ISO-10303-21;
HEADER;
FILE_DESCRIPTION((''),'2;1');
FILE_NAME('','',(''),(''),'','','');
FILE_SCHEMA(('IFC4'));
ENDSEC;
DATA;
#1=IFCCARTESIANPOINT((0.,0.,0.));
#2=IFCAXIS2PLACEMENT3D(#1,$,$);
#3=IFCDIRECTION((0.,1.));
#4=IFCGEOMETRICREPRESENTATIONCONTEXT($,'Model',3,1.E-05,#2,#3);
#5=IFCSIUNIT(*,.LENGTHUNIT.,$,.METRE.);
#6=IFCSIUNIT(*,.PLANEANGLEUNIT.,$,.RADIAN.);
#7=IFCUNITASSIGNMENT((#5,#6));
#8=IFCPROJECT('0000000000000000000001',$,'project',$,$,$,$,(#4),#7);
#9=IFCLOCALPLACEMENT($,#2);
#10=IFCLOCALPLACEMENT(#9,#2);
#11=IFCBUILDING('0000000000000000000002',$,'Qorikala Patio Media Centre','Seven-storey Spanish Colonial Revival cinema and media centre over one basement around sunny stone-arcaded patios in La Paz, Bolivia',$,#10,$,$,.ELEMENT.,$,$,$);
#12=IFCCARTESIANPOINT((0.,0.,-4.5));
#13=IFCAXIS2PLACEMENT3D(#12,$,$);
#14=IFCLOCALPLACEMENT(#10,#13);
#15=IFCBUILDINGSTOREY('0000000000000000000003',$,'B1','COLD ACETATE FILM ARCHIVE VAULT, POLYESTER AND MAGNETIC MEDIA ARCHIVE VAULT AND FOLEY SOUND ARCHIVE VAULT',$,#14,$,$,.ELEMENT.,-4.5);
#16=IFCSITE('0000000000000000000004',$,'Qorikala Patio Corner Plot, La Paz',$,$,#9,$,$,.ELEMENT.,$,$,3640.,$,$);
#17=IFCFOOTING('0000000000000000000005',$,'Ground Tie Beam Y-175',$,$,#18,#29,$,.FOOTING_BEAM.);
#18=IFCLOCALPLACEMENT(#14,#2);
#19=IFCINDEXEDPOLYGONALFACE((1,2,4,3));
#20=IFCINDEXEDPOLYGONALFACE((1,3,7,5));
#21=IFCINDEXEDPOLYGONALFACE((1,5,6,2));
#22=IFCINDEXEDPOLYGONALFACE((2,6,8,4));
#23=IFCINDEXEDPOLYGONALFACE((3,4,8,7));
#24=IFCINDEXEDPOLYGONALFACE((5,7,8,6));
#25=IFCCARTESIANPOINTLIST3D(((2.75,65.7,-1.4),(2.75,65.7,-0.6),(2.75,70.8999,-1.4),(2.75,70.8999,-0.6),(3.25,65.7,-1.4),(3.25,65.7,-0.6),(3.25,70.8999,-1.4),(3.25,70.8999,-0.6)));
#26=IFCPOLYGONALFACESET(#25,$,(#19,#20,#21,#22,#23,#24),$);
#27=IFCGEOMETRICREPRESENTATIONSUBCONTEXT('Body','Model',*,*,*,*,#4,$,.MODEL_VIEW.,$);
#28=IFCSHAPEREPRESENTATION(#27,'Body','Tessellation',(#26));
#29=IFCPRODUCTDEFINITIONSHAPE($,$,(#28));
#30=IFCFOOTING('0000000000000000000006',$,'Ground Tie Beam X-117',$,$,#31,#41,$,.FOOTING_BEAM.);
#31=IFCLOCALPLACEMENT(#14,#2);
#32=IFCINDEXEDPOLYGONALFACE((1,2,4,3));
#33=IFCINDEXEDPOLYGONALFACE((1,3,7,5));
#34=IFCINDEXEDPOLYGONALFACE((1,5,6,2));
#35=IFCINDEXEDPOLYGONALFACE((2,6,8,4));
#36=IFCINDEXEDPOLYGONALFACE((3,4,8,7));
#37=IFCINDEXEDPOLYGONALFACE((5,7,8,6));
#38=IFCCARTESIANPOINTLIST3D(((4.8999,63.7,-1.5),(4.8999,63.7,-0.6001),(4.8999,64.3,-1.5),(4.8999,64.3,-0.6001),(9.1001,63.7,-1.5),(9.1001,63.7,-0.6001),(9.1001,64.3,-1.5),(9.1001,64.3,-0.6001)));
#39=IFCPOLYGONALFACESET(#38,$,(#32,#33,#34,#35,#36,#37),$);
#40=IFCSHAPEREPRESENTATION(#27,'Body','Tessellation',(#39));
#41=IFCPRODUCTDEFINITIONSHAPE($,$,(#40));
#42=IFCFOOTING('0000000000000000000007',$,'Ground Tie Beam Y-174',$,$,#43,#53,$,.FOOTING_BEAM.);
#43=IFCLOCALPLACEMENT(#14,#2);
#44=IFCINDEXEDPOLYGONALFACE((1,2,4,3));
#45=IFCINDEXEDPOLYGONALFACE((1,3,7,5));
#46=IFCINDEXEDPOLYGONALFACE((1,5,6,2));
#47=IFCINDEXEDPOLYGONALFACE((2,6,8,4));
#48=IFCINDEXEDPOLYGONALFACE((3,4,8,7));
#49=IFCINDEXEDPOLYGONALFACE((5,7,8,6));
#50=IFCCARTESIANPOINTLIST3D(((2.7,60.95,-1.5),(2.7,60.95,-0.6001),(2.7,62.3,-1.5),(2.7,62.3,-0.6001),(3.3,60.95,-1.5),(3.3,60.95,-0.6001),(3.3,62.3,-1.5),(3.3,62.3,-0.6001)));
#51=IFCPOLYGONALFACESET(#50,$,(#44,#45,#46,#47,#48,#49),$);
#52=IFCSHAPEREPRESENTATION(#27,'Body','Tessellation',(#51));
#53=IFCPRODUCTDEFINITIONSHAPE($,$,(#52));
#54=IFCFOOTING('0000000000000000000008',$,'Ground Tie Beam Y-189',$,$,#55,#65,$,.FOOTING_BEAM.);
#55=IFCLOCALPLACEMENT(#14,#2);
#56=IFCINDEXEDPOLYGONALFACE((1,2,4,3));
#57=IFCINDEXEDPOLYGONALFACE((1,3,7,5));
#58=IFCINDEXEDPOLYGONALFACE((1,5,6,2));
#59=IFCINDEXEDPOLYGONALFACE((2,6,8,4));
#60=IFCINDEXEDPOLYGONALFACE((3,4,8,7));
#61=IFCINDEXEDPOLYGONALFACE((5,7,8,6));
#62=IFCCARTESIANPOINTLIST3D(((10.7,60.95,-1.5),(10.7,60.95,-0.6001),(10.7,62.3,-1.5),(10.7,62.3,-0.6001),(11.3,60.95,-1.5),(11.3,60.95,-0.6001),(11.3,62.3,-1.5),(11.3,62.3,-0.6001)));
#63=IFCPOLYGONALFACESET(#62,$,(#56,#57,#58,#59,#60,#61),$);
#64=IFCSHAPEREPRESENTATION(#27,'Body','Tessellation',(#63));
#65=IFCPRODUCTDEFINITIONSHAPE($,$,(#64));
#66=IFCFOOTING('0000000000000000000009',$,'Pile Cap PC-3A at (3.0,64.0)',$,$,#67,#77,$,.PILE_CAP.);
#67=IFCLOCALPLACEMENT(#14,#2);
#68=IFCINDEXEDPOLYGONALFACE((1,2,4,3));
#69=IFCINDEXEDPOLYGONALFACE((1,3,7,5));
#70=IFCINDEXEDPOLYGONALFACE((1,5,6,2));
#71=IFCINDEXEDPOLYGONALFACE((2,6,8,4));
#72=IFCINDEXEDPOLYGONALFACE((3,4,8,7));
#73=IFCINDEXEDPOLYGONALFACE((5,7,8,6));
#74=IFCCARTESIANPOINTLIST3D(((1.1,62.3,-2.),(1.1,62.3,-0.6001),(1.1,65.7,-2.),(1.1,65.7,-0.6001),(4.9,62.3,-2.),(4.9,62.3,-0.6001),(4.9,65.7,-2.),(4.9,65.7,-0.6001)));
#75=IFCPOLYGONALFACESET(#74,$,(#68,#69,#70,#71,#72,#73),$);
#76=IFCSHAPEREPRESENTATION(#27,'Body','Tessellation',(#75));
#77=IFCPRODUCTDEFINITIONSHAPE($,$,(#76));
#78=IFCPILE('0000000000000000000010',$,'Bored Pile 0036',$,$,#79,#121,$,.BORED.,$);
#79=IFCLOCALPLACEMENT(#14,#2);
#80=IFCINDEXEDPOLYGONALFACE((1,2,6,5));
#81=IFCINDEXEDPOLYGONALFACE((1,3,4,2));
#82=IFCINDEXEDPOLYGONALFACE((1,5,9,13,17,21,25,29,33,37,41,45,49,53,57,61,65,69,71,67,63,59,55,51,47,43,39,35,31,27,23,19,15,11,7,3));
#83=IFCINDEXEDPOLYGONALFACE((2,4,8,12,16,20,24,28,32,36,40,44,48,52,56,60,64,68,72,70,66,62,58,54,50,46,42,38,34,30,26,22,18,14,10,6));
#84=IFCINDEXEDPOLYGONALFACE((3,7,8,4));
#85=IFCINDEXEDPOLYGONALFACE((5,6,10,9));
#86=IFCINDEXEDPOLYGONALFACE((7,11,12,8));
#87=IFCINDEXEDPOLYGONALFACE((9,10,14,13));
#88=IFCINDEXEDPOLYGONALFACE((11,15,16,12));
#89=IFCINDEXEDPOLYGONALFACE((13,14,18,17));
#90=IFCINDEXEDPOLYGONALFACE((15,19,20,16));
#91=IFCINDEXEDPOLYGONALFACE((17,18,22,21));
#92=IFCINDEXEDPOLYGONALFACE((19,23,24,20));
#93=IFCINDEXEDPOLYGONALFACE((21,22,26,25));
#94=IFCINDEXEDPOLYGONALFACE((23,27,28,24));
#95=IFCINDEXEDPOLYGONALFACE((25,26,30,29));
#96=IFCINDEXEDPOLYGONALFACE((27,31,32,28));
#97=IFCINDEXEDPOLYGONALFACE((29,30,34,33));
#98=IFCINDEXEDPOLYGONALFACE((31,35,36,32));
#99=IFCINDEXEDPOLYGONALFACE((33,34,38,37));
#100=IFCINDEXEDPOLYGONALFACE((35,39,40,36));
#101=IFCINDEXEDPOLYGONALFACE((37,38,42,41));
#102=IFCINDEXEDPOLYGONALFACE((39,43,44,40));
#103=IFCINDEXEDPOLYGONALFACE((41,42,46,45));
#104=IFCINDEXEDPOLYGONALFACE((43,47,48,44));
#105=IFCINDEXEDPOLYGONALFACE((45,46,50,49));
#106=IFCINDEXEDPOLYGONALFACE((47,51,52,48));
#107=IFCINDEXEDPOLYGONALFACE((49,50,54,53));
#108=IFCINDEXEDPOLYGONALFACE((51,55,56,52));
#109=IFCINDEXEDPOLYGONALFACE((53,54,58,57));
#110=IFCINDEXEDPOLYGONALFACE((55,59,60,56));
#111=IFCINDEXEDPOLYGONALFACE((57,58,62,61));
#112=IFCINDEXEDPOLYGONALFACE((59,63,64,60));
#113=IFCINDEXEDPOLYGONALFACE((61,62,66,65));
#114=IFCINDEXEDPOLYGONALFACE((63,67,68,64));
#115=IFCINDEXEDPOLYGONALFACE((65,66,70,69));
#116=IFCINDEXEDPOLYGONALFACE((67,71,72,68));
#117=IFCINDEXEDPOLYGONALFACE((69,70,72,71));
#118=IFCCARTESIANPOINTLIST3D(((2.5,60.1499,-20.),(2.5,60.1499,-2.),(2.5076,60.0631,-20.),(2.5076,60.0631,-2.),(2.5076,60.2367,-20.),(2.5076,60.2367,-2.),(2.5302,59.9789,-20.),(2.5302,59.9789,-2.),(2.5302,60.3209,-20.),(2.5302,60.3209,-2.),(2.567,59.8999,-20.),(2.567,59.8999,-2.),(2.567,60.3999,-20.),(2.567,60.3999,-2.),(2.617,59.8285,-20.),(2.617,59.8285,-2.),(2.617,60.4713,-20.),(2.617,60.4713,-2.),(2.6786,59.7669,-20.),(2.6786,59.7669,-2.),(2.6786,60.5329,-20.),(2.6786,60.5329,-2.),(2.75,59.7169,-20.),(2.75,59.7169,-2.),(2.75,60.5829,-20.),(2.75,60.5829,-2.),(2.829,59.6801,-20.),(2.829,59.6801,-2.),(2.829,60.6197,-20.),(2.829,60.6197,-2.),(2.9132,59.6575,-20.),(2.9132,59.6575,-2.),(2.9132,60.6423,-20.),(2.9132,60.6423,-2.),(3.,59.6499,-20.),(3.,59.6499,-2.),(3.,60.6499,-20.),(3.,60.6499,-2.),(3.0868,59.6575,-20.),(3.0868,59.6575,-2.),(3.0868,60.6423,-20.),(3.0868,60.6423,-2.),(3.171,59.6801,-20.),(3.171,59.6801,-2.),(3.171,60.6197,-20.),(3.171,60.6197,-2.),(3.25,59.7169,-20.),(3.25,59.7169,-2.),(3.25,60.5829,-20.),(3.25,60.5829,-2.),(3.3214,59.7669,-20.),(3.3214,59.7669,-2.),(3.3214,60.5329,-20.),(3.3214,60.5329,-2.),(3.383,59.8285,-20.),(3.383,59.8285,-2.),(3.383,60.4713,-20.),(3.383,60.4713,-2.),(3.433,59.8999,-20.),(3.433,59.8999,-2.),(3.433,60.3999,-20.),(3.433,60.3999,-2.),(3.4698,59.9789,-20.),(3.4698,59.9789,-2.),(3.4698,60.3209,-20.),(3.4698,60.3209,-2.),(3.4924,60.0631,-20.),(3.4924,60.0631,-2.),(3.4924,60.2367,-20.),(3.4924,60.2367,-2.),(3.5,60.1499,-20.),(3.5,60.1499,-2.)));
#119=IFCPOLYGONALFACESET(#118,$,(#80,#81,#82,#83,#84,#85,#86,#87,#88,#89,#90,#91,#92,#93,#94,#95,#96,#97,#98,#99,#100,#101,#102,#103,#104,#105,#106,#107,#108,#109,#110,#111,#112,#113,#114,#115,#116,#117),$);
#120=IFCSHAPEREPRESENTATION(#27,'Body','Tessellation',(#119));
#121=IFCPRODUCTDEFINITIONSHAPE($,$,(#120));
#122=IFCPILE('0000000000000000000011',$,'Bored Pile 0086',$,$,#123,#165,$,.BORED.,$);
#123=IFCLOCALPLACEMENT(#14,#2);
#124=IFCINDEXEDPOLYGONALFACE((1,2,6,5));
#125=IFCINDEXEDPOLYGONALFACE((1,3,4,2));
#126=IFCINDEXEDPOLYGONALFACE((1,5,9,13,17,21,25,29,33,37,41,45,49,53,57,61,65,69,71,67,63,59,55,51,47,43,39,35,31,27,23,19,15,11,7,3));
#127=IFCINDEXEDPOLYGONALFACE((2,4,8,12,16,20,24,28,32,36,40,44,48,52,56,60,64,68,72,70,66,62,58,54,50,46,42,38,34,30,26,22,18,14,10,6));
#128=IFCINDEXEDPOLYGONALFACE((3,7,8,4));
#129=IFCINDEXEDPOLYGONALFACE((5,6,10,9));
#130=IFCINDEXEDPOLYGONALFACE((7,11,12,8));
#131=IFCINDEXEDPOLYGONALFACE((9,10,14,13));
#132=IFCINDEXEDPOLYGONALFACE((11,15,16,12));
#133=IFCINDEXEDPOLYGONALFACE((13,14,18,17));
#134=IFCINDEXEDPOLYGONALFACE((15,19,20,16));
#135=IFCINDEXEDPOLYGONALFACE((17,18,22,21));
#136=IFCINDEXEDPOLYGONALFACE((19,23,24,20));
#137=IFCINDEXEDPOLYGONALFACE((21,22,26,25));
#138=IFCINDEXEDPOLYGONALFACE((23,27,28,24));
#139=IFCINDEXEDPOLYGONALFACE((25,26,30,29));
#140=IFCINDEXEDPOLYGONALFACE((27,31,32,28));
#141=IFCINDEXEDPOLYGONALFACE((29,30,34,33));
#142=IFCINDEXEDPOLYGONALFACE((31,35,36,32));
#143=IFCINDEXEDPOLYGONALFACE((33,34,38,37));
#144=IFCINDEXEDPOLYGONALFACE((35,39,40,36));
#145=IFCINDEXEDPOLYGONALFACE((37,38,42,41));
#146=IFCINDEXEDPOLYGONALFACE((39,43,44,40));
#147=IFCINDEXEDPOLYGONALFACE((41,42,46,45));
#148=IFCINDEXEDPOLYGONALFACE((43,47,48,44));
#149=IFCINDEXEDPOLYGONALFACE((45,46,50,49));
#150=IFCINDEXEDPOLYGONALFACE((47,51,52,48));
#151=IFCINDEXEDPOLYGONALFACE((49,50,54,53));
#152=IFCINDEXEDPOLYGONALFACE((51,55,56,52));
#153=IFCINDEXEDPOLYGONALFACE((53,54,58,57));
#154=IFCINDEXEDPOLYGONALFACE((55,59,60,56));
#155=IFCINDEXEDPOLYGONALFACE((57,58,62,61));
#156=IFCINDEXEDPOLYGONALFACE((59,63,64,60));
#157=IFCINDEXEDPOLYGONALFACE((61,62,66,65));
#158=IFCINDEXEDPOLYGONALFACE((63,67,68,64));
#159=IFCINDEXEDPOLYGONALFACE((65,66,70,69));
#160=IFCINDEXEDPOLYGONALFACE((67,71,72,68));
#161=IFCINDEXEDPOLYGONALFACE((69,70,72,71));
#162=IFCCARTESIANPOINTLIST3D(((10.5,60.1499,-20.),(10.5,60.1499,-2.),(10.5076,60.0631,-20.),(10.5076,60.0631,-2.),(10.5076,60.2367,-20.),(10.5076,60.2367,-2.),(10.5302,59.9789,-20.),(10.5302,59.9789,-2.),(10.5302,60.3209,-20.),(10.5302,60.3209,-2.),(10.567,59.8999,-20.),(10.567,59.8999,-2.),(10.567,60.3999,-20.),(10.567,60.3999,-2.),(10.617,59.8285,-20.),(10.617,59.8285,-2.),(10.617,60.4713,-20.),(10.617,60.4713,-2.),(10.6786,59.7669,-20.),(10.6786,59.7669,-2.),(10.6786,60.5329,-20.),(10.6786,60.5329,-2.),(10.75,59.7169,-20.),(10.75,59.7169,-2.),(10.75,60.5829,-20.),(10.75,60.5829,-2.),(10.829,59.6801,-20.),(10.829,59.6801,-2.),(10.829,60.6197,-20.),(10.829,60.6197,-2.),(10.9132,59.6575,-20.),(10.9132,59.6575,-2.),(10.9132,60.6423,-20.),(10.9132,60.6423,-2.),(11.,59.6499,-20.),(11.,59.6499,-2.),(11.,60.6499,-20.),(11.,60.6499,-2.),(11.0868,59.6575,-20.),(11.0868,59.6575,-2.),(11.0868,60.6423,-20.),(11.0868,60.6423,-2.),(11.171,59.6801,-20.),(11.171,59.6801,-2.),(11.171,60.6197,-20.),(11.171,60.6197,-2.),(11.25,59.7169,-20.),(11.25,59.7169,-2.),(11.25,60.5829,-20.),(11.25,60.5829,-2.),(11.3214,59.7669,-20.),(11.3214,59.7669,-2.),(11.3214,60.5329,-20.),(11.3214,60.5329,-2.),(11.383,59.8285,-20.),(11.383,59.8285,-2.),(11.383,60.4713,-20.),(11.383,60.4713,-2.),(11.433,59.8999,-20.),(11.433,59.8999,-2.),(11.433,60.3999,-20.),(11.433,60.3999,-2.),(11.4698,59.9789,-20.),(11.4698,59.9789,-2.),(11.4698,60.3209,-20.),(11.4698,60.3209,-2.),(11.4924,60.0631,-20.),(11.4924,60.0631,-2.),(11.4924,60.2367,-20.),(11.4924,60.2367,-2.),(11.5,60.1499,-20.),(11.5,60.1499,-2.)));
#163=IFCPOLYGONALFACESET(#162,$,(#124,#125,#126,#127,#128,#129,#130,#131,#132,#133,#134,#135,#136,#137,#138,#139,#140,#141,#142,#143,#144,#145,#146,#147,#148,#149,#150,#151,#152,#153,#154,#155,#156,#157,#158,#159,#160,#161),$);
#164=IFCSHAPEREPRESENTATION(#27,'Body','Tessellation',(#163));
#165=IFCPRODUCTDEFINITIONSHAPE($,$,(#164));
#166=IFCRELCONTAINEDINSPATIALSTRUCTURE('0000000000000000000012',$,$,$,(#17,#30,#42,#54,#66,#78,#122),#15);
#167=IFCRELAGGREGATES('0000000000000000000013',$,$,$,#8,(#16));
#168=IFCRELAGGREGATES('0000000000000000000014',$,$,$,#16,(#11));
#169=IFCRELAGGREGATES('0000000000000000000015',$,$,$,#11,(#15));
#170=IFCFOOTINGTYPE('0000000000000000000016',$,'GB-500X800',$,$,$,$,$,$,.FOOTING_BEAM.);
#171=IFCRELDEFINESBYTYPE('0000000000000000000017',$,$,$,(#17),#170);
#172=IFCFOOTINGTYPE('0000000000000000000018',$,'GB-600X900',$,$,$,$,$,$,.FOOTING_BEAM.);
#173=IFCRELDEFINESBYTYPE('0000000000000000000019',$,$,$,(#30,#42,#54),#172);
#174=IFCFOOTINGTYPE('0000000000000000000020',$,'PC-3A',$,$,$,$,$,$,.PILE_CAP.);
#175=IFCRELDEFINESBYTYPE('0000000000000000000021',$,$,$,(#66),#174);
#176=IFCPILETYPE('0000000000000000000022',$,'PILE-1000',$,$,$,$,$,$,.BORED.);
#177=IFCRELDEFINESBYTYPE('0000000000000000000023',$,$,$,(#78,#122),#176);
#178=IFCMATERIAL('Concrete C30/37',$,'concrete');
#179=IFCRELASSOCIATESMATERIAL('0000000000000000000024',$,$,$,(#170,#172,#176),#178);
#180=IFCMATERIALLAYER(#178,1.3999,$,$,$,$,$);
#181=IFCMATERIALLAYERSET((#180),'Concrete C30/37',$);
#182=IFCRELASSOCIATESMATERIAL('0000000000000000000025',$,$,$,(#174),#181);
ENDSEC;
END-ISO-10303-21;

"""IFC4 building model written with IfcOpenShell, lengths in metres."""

from ifc_helpers import new_model, si_unit, direction, frame, origin, origin_2d, place, context, subcontext, project, spatial, rectangle, circle, extrude, material, layer, layer_set, material_profile, profile_set, type_object, element, save


model = new_model("IFC4")

# Units and contexts
model_context = context("Model", 3, precision=1e-05, world=origin(), true_north=direction((0.0, 1.0)))
body_context = subcontext(model_context, "Body", "Model", "MODEL_VIEW")
ifc_project = project(units=[si_unit("LENGTHUNIT", "METRE"), si_unit("PLANEANGLEUNIT", "RADIAN")], contexts=[model_context])

# Site, building, storey
site_placement = place(None, origin())
site = spatial("IfcSite", under=ifc_project, at=site_placement, Name="Qorikala Patio Corner Plot, La Paz", CompositionType="ELEMENT", RefElevation=3640.0)
building_placement = place(site_placement, origin())
building = spatial("IfcBuilding", under=site, at=building_placement, Name="Qorikala Patio Media Centre", Description="Seven-storey Spanish Colonial Revival cinema and media centre over one basement around sunny stone-arcaded patios in La Paz, Bolivia", CompositionType="ELEMENT")
storey_placement = place(building_placement, frame((0.0, 0.0, -4.5)))
storey = spatial("IfcBuildingStorey", under=building, at=storey_placement, Name="B1", Description="COLD ACETATE FILM ARCHIVE VAULT, POLYESTER AND MAGNETIC MEDIA ARCHIVE VAULT AND FOLEY SOUND ARCHIVE VAULT", CompositionType="ELEMENT", Elevation=-4.5)

# Footings
ifc_material_1 = material(Name="Concrete C30/37", Category="concrete")
ifc_material_profile_1 = material_profile(ifc_material_1, rectangle(XDim=0.5, YDim=0.8, at=origin_2d()), Name="RC 500x800")
ifc_profile_set_1 = profile_set([ifc_material_profile_1], Name="Concrete C30/37")
footing_type_1 = type_object("IfcFootingType", Name="GB-500X800", PredefinedType="FOOTING_BEAM", material=ifc_profile_set_1)
footing_1_placement = place(storey_placement, frame((3.0, 65.7, -1.0), z_axis=(0.0, 1.0, 0.0), x_axis=(-1.0, 0.0, 0.0)))
element("IfcFooting", 1, at=footing_1_placement, inside=storey, type_object=footing_type_1, Name="Ground Tie Beam Y-175", PredefinedType="FOOTING_BEAM", context=body_context, shape_type="SweptSolid", body=[
    extrude(rectangle(XDim=0.5, YDim=0.8, at=origin_2d()), origin(), (0.0, 0.0, 1.0), 5.2),
])
ifc_material_profile_2 = material_profile(ifc_material_1, rectangle(XDim=0.6001, YDim=0.8999, at=origin_2d()), Name="RC 600x900")
ifc_profile_set_2 = profile_set([ifc_material_profile_2], Name="Concrete C30/37")
footing_type_2 = type_object("IfcFootingType", Name="GB-600X900", PredefinedType="FOOTING_BEAM", material=ifc_profile_set_2)
footing_2_placement = place(storey_placement, frame((4.8999, 64.0, -1.05), z_axis=(1.0, 0.0, 0.0), x_axis=(0.0, 1.0, 0.0)))
element("IfcFooting", 2, at=footing_2_placement, inside=storey, type_object=footing_type_2, Name="Ground Tie Beam X-117", PredefinedType="FOOTING_BEAM", context=body_context, shape_type="SweptSolid", body=[
    extrude(rectangle(XDim=0.6001, YDim=0.8999, at=origin_2d()), origin(), (0.0, 0.0, 1.0), 4.2002),
])
for number, where, z_axis, x_axis, name in (
    (3, (3.0, 60.95, -1.05), (0.0, 1.0, 0.0), (-1.0, 0.0, 0.0), "Ground Tie Beam Y-174"),
    (4, (11.0, 60.95, -1.05), (0.0, 1.0, 0.0), (-1.0, 0.0, 0.0), "Ground Tie Beam Y-189"),
):
    element("IfcFooting", number, at=place(storey_placement, frame(where, z_axis=z_axis, x_axis=x_axis)), inside=storey, type_object=footing_type_2, Name=name, PredefinedType="FOOTING_BEAM", context=body_context, shape_type="SweptSolid", body=[
        extrude(rectangle(XDim=0.6001, YDim=0.8999, at=origin_2d()), origin(), (0.0, 0.0, 1.0), 1.3501),
    ])
ifc_layer_1 = layer(ifc_material_1, 1.3999)
ifc_layer_set_1 = layer_set([ifc_layer_1], Name="Concrete C30/37")
footing_type_3 = type_object("IfcFootingType", Name="PC-3A", PredefinedType="PILE_CAP", material=ifc_layer_set_1)
footing_3_placement = place(storey_placement, frame((3.0, 64.0, -2.0), z_axis=(0.0, 0.0, 1.0), x_axis=(1.0, 0.0, 0.0)))
element("IfcFooting", 5, at=footing_3_placement, inside=storey, type_object=footing_type_3, Name="Pile Cap PC-3A at (3.0,64.0)", PredefinedType="PILE_CAP", context=body_context, shape_type="SweptSolid", body=[
    extrude(rectangle(XDim=3.8, YDim=3.3999, at=origin_2d()), origin(), (0.0, 0.0, 1.0), 1.3999),
])

# Piles
ifc_material_profile_3 = material_profile(ifc_material_1, circle(Radius=0.5, at=origin_2d()), Name="BORED PILE 1000")
ifc_profile_set_3 = profile_set([ifc_material_profile_3], Name="Concrete C30/37")
pile_type_1 = type_object("IfcPileType", Name="PILE-1000", PredefinedType="BORED", material=ifc_profile_set_3)
for number, where, z_axis, x_axis, name in (
    (6, (3.0, 60.1499, -2.0), (0.0, 0.0, -1.0), (1.0, 0.0, 0.0), "Bored Pile 0036"),
    (7, (11.0, 60.1499, -2.0), (0.0, 0.0, -1.0), (1.0, 0.0, 0.0), "Bored Pile 0086"),
):
    element("IfcPile", number, at=place(storey_placement, frame(where, z_axis=z_axis, x_axis=x_axis)), inside=storey, type_object=pile_type_1, Name=name, PredefinedType="BORED", context=body_context, shape_type="SweptSolid", body=[
        extrude(circle(Radius=0.5, at=origin_2d()), origin(), (0.0, 0.0, 1.0), 18.0),
    ])

save(model, "model.ifc")
